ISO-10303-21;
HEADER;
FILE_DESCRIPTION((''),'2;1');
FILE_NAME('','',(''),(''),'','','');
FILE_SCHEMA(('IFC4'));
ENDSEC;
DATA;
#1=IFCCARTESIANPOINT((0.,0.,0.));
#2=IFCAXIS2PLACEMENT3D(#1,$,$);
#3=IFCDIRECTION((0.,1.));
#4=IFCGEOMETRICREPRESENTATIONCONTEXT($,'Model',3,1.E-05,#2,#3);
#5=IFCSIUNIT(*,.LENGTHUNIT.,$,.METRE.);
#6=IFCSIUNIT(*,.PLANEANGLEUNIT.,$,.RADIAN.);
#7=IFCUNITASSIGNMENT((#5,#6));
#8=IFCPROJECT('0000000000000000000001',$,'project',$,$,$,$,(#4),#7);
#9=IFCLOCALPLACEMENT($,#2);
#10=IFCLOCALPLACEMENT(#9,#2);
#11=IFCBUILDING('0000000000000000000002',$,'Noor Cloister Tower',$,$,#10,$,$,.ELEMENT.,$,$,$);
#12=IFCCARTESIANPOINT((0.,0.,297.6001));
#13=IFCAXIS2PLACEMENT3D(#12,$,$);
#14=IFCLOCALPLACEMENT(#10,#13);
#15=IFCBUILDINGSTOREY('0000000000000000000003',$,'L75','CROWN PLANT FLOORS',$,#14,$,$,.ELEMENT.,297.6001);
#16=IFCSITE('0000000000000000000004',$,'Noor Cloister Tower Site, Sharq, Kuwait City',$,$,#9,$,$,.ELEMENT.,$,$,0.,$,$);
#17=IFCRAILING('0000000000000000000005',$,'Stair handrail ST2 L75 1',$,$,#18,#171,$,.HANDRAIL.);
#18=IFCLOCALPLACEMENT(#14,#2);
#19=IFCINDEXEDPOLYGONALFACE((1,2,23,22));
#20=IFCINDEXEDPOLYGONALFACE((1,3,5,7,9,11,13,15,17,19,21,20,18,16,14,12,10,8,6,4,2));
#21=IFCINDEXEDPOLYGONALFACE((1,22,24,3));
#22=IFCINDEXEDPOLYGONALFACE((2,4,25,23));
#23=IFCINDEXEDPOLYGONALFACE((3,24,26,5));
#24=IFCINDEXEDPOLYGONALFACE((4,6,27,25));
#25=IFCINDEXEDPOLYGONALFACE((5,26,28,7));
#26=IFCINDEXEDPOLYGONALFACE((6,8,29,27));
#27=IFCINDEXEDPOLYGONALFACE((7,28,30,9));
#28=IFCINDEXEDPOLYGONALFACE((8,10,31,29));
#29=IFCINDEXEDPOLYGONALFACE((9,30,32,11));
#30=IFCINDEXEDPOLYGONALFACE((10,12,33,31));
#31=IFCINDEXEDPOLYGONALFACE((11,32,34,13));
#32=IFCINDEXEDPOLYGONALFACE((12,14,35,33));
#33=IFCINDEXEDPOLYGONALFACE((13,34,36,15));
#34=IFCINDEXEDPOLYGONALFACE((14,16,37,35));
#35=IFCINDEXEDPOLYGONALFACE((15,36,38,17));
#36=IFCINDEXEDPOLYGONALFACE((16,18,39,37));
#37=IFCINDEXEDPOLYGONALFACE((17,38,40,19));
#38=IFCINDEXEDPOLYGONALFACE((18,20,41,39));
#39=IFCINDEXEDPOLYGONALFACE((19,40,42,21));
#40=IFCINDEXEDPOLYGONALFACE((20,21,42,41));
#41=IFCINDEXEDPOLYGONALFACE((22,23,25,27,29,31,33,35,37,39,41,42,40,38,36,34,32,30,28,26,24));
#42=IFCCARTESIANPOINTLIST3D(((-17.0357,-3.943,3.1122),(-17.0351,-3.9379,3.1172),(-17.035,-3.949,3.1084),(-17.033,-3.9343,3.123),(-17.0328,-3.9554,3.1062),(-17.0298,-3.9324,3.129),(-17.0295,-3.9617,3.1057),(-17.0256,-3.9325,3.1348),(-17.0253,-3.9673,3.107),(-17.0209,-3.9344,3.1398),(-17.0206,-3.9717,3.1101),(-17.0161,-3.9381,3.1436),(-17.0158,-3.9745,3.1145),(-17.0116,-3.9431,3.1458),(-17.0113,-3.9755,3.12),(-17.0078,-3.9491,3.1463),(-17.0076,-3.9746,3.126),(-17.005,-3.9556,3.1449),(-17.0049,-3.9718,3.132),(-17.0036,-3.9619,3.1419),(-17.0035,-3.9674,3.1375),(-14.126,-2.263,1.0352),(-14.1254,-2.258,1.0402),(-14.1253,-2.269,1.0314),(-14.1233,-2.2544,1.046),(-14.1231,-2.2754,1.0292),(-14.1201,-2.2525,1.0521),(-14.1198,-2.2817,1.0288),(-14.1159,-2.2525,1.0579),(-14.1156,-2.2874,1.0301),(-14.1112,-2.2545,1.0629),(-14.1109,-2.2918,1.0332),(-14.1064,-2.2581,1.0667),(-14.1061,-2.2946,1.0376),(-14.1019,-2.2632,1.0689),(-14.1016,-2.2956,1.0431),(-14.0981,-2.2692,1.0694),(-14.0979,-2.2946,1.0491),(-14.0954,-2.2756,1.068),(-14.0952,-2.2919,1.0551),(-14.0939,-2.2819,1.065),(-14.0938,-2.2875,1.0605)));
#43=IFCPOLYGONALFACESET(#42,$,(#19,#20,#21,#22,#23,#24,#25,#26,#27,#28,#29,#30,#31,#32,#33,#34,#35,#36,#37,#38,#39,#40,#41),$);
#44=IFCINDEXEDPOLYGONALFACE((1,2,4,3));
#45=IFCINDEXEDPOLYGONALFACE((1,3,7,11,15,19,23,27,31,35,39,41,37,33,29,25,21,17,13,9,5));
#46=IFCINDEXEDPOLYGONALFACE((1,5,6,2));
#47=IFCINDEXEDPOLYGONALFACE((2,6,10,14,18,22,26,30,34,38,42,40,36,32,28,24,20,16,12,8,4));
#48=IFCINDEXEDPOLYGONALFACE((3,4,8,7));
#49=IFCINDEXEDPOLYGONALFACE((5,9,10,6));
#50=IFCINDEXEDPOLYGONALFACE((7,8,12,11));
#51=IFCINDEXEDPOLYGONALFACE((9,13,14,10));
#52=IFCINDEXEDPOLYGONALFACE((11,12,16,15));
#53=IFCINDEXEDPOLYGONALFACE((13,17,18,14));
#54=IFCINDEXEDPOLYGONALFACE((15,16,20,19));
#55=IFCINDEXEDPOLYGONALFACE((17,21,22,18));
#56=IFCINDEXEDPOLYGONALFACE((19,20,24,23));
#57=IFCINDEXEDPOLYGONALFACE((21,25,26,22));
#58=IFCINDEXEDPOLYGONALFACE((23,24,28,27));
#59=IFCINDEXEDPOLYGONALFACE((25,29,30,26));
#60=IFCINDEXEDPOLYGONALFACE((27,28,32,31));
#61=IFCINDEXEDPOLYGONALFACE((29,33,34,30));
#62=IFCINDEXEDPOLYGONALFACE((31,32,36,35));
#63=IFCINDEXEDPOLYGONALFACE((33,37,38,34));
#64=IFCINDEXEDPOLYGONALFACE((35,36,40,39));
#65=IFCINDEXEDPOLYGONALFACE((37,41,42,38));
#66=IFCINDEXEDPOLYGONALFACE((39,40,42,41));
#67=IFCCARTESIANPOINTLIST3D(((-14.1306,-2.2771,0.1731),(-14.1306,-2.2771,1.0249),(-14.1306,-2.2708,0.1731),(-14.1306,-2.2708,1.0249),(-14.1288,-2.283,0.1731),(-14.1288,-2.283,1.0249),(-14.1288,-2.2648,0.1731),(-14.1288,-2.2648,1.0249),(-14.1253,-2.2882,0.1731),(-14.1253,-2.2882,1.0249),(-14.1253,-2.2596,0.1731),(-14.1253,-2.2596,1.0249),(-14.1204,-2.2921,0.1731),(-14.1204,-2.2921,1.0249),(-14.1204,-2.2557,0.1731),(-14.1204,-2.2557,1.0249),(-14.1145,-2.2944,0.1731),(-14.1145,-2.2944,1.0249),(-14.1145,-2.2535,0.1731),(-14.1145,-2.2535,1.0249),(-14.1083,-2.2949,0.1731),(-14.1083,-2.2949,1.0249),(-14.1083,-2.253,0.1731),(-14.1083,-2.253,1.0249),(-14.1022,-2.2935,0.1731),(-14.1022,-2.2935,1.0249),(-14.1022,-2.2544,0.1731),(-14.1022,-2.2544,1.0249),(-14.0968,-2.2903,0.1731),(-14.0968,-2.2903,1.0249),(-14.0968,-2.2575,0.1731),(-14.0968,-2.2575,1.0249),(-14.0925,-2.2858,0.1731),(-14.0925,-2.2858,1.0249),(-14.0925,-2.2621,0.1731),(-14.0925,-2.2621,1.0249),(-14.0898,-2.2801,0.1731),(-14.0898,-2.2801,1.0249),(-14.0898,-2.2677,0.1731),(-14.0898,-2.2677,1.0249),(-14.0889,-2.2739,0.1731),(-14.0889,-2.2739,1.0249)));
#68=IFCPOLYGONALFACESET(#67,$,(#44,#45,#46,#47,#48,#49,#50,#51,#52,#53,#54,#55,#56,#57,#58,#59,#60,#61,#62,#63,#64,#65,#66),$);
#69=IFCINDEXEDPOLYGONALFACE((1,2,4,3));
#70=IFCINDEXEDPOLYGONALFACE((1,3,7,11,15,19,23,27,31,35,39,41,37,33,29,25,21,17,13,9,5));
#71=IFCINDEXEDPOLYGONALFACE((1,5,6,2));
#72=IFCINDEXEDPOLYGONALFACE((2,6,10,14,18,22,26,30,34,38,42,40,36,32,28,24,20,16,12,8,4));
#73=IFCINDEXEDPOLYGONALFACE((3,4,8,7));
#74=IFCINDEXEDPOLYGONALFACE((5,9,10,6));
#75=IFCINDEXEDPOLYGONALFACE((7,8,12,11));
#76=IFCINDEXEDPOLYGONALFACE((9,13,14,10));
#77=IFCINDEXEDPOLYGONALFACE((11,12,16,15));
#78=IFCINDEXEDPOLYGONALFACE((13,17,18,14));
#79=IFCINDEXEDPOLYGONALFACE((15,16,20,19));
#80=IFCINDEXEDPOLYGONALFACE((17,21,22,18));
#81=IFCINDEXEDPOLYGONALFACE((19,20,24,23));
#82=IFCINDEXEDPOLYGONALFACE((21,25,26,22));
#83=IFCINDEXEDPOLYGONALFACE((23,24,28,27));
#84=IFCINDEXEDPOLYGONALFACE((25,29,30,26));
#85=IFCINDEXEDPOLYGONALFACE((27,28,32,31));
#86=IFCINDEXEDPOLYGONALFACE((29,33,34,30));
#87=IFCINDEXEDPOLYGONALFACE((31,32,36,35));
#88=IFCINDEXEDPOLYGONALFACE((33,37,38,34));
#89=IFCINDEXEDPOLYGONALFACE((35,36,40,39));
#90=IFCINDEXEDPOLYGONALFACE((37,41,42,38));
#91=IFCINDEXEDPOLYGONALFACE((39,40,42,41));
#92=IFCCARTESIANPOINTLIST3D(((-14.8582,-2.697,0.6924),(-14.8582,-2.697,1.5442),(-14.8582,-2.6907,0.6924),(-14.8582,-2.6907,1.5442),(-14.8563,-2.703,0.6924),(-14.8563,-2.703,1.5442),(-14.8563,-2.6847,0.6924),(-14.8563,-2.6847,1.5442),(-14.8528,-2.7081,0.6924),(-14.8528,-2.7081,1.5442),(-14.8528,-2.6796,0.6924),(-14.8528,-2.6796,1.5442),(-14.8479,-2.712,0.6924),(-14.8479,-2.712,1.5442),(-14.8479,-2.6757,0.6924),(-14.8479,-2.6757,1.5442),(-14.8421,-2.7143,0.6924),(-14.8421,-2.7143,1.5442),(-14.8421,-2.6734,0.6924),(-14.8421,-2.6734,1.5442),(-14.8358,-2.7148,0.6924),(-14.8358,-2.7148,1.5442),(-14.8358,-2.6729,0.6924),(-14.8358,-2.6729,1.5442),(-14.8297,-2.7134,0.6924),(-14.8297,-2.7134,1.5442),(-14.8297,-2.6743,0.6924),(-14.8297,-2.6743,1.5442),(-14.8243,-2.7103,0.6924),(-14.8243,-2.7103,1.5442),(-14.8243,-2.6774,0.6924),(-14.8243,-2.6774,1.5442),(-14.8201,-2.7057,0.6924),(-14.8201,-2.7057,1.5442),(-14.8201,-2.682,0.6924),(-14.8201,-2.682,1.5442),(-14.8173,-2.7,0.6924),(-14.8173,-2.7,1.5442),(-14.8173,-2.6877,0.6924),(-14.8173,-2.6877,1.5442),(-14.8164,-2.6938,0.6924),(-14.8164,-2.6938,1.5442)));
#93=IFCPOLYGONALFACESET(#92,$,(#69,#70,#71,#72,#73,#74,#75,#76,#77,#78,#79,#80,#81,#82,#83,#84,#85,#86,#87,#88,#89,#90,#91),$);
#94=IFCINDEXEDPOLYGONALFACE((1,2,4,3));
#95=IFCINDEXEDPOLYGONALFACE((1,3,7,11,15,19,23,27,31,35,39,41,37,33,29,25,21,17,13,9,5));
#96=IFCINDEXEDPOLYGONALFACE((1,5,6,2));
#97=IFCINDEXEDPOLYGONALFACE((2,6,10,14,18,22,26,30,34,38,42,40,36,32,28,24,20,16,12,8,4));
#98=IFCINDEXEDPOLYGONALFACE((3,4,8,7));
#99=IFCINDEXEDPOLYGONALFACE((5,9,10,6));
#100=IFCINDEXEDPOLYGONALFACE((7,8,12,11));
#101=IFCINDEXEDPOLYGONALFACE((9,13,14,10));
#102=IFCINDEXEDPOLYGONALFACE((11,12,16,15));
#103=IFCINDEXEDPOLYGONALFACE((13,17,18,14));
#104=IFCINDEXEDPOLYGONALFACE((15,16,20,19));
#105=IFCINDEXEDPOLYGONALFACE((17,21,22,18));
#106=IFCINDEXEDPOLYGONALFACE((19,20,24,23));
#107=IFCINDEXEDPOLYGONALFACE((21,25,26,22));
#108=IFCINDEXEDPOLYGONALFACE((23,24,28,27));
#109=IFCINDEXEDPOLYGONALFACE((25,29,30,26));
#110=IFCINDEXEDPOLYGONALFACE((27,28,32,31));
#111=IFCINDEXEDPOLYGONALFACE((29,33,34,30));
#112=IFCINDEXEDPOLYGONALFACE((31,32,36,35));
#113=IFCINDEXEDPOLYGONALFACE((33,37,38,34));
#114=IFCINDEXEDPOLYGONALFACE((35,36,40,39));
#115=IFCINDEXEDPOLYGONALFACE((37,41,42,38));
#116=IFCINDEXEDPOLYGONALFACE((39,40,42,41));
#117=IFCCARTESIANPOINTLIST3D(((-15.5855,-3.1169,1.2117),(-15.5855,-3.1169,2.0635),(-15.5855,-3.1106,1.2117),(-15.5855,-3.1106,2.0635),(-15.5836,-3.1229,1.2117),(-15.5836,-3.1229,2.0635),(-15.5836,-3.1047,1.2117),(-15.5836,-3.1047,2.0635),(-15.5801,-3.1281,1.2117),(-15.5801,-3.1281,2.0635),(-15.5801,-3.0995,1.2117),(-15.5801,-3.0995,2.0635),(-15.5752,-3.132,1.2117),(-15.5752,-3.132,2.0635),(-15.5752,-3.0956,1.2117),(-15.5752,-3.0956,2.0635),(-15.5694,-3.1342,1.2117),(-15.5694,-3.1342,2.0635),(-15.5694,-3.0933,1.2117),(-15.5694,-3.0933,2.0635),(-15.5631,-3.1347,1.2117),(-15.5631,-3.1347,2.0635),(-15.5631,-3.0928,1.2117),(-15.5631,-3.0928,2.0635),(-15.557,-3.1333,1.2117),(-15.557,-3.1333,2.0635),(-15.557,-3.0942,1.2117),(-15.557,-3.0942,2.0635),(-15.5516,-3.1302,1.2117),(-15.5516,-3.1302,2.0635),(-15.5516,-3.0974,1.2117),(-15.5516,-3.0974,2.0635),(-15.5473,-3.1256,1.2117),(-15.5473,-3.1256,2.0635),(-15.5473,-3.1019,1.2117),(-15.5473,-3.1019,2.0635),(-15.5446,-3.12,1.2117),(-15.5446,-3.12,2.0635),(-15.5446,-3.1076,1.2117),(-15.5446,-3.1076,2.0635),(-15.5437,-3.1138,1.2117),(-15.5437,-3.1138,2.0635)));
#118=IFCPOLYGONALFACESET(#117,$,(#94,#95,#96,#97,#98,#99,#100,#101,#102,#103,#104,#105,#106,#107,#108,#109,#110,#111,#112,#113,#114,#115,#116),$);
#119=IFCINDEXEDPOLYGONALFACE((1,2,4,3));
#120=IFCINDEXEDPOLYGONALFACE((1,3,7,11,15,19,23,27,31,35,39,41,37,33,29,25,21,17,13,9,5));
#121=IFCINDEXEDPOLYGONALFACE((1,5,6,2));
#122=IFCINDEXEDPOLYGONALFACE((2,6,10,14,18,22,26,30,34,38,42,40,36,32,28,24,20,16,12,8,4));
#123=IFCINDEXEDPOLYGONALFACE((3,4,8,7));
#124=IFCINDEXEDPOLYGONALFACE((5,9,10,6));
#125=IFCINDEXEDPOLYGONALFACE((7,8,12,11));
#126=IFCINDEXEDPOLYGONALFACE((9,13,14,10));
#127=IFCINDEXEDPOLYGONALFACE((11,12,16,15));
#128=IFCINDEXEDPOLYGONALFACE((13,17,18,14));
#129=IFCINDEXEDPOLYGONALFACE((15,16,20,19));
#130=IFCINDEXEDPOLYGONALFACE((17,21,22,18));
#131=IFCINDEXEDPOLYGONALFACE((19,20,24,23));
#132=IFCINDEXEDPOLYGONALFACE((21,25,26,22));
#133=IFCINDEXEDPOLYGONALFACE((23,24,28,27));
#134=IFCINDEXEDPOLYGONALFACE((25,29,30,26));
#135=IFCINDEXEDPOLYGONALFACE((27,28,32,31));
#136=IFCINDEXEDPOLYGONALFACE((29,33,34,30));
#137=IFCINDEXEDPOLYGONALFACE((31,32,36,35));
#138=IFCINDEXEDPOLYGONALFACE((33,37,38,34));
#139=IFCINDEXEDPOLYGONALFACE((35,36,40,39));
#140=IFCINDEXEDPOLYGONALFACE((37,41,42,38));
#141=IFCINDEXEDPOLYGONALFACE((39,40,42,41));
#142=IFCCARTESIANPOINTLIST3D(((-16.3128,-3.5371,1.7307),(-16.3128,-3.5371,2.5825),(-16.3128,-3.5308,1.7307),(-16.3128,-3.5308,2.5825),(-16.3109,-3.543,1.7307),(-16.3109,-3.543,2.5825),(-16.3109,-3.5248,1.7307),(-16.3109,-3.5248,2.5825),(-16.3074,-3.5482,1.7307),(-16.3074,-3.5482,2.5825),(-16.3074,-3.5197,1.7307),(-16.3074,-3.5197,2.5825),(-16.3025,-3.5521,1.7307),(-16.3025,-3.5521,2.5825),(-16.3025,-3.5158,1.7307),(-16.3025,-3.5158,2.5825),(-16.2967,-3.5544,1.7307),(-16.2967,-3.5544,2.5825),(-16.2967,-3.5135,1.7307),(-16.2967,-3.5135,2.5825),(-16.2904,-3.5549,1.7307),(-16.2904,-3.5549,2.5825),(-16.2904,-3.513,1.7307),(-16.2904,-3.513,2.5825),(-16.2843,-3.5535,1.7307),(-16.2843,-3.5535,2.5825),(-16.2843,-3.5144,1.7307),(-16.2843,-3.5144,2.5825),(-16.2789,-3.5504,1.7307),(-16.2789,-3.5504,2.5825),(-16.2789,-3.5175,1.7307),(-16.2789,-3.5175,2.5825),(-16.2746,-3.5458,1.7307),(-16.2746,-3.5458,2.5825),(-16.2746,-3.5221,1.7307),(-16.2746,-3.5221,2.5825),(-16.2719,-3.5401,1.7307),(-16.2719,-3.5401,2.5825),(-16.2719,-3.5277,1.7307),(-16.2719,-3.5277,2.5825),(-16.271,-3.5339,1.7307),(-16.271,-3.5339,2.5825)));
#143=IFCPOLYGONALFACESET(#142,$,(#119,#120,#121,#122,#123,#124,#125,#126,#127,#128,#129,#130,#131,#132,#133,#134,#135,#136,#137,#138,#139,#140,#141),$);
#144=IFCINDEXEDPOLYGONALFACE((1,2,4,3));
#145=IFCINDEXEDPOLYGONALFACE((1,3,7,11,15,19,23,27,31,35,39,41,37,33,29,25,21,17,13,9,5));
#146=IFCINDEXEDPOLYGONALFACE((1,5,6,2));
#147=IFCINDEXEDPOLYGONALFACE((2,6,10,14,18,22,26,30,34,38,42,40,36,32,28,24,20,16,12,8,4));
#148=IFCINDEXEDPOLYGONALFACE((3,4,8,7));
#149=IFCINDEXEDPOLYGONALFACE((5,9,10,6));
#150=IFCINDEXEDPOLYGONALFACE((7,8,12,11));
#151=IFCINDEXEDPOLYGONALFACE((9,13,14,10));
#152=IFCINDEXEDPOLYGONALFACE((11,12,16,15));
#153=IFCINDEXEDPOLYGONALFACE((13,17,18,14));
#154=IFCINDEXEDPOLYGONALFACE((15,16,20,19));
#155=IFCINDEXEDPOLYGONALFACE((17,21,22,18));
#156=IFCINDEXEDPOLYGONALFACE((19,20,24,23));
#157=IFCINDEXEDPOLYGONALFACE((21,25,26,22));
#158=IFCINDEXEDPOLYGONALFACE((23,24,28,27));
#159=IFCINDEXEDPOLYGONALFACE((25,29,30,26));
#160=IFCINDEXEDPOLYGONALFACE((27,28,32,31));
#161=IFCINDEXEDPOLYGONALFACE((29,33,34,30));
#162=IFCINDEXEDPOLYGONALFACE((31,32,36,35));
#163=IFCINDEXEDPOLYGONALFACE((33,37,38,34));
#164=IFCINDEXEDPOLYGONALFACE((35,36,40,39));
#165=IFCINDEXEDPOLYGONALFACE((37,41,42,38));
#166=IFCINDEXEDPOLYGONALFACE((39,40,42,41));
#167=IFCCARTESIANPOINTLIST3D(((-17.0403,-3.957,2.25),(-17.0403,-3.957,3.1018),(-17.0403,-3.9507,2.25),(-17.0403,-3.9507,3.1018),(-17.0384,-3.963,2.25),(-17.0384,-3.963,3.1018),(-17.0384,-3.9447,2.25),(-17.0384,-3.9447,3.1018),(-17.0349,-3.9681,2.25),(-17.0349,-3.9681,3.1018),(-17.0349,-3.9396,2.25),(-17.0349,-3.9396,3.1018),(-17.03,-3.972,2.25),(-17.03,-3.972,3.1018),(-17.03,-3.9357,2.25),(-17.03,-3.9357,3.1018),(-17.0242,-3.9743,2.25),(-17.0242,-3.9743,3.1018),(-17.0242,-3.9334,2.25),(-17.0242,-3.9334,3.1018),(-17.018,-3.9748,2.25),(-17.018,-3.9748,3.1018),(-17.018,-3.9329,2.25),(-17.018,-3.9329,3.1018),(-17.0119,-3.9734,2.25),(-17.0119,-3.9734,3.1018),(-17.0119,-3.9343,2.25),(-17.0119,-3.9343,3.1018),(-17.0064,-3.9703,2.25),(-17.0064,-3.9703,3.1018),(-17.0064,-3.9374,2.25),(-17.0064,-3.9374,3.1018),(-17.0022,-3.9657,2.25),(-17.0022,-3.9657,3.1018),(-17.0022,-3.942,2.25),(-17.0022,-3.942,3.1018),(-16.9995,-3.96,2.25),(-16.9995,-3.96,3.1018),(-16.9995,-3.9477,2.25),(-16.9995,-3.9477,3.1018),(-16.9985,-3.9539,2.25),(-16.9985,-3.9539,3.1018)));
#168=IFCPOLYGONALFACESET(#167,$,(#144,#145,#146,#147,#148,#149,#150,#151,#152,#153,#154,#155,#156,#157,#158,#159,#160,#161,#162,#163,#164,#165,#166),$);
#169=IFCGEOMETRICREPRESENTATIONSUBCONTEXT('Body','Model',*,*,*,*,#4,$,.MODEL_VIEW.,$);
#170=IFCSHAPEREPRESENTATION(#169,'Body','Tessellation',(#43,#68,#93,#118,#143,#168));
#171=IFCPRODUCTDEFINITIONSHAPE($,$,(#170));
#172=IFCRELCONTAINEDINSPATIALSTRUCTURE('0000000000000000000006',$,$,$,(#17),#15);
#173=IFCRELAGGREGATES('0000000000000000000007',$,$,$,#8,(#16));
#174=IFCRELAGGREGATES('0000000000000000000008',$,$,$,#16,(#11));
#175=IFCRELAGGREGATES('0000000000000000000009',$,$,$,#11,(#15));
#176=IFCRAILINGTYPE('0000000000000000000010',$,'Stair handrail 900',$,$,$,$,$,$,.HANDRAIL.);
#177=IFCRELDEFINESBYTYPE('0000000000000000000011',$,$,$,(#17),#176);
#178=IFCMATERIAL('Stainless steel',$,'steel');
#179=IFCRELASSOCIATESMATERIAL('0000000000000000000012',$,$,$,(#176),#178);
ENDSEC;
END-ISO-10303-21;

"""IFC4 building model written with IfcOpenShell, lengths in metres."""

from ifc_helpers import new_model, si_unit, direction, frame, origin, origin_2d, place, context, subcontext, project, spatial, circle, extrude, material, type_object, element, save


model = new_model("IFC4")

# Units and contexts
model_context = context("Model", 3, precision=1e-05, world=origin(), true_north=direction((0.0, 1.0)))
body_context = subcontext(model_context, "Body", "Model", "MODEL_VIEW")
ifc_project = project(units=[si_unit("LENGTHUNIT", "METRE"), si_unit("PLANEANGLEUNIT", "RADIAN")], contexts=[model_context])

# Site, building, storey
site_placement = place(None, origin())
site = spatial("IfcSite", under=ifc_project, at=site_placement, Name="Noor Cloister Tower Site, Sharq, Kuwait City", CompositionType="ELEMENT", RefElevation=0.0)
building_placement = place(site_placement, origin())
building = spatial("IfcBuilding", under=site, at=building_placement, Name="Noor Cloister Tower", CompositionType="ELEMENT")
storey_placement = place(building_placement, frame((0.0, 0.0, 297.6001)))
storey = spatial("IfcBuildingStorey", under=building, at=storey_placement, Name="L75", Description="CROWN PLANT FLOORS", CompositionType="ELEMENT", Elevation=297.6001)

# Railing
ifc_material_1 = material(Name="Stainless steel", Category="steel")
railing_type_1 = type_object("IfcRailingType", Name="Stair handrail 900", PredefinedType="HANDRAIL", material=ifc_material_1)
railing_1_placement = place(storey_placement, frame((-14.1099, -2.2739, 0.1731)))
element("IfcRailing", 1, at=railing_1_placement, inside=storey, type_object=railing_type_1, Name="Stair handrail ST2 L75 1", PredefinedType="HANDRAIL", context=body_context, shape_type="SweptSolid", body=[
    extrude(circle(Radius=0.0239, at=origin_2d()), frame((0.0, 0.0, 0.876), z_axis=(-0.73664, -0.425308, 0.525809), x_axis=(0.500008, -0.866021, 0.0)), (0.0, 0.0, 1.0), 3.95),
    extrude(circle(Radius=0.021, at=origin_2d()), origin(), (0.0, 0.0, 1.0), 0.8518),
    extrude(circle(Radius=0.021, at=origin_2d()), frame((-0.7275, -0.4199, 0.5193)), (0.0, 0.0, 1.0), 0.8518),
    extrude(circle(Radius=0.021, at=origin_2d()), frame((-1.4548, -0.8398, 1.0386)), (0.0, 0.0, 1.0), 0.8518),
    extrude(circle(Radius=0.021, at=origin_2d()), frame((-2.1821, -1.26, 1.5576)), (0.0, 0.0, 1.0), 0.8518),
    extrude(circle(Radius=0.021, at=origin_2d()), frame((-2.9097, -1.6799, 2.0769)), (0.0, 0.0, 1.0), 0.8518),
])

save(model, "model.ifc")
